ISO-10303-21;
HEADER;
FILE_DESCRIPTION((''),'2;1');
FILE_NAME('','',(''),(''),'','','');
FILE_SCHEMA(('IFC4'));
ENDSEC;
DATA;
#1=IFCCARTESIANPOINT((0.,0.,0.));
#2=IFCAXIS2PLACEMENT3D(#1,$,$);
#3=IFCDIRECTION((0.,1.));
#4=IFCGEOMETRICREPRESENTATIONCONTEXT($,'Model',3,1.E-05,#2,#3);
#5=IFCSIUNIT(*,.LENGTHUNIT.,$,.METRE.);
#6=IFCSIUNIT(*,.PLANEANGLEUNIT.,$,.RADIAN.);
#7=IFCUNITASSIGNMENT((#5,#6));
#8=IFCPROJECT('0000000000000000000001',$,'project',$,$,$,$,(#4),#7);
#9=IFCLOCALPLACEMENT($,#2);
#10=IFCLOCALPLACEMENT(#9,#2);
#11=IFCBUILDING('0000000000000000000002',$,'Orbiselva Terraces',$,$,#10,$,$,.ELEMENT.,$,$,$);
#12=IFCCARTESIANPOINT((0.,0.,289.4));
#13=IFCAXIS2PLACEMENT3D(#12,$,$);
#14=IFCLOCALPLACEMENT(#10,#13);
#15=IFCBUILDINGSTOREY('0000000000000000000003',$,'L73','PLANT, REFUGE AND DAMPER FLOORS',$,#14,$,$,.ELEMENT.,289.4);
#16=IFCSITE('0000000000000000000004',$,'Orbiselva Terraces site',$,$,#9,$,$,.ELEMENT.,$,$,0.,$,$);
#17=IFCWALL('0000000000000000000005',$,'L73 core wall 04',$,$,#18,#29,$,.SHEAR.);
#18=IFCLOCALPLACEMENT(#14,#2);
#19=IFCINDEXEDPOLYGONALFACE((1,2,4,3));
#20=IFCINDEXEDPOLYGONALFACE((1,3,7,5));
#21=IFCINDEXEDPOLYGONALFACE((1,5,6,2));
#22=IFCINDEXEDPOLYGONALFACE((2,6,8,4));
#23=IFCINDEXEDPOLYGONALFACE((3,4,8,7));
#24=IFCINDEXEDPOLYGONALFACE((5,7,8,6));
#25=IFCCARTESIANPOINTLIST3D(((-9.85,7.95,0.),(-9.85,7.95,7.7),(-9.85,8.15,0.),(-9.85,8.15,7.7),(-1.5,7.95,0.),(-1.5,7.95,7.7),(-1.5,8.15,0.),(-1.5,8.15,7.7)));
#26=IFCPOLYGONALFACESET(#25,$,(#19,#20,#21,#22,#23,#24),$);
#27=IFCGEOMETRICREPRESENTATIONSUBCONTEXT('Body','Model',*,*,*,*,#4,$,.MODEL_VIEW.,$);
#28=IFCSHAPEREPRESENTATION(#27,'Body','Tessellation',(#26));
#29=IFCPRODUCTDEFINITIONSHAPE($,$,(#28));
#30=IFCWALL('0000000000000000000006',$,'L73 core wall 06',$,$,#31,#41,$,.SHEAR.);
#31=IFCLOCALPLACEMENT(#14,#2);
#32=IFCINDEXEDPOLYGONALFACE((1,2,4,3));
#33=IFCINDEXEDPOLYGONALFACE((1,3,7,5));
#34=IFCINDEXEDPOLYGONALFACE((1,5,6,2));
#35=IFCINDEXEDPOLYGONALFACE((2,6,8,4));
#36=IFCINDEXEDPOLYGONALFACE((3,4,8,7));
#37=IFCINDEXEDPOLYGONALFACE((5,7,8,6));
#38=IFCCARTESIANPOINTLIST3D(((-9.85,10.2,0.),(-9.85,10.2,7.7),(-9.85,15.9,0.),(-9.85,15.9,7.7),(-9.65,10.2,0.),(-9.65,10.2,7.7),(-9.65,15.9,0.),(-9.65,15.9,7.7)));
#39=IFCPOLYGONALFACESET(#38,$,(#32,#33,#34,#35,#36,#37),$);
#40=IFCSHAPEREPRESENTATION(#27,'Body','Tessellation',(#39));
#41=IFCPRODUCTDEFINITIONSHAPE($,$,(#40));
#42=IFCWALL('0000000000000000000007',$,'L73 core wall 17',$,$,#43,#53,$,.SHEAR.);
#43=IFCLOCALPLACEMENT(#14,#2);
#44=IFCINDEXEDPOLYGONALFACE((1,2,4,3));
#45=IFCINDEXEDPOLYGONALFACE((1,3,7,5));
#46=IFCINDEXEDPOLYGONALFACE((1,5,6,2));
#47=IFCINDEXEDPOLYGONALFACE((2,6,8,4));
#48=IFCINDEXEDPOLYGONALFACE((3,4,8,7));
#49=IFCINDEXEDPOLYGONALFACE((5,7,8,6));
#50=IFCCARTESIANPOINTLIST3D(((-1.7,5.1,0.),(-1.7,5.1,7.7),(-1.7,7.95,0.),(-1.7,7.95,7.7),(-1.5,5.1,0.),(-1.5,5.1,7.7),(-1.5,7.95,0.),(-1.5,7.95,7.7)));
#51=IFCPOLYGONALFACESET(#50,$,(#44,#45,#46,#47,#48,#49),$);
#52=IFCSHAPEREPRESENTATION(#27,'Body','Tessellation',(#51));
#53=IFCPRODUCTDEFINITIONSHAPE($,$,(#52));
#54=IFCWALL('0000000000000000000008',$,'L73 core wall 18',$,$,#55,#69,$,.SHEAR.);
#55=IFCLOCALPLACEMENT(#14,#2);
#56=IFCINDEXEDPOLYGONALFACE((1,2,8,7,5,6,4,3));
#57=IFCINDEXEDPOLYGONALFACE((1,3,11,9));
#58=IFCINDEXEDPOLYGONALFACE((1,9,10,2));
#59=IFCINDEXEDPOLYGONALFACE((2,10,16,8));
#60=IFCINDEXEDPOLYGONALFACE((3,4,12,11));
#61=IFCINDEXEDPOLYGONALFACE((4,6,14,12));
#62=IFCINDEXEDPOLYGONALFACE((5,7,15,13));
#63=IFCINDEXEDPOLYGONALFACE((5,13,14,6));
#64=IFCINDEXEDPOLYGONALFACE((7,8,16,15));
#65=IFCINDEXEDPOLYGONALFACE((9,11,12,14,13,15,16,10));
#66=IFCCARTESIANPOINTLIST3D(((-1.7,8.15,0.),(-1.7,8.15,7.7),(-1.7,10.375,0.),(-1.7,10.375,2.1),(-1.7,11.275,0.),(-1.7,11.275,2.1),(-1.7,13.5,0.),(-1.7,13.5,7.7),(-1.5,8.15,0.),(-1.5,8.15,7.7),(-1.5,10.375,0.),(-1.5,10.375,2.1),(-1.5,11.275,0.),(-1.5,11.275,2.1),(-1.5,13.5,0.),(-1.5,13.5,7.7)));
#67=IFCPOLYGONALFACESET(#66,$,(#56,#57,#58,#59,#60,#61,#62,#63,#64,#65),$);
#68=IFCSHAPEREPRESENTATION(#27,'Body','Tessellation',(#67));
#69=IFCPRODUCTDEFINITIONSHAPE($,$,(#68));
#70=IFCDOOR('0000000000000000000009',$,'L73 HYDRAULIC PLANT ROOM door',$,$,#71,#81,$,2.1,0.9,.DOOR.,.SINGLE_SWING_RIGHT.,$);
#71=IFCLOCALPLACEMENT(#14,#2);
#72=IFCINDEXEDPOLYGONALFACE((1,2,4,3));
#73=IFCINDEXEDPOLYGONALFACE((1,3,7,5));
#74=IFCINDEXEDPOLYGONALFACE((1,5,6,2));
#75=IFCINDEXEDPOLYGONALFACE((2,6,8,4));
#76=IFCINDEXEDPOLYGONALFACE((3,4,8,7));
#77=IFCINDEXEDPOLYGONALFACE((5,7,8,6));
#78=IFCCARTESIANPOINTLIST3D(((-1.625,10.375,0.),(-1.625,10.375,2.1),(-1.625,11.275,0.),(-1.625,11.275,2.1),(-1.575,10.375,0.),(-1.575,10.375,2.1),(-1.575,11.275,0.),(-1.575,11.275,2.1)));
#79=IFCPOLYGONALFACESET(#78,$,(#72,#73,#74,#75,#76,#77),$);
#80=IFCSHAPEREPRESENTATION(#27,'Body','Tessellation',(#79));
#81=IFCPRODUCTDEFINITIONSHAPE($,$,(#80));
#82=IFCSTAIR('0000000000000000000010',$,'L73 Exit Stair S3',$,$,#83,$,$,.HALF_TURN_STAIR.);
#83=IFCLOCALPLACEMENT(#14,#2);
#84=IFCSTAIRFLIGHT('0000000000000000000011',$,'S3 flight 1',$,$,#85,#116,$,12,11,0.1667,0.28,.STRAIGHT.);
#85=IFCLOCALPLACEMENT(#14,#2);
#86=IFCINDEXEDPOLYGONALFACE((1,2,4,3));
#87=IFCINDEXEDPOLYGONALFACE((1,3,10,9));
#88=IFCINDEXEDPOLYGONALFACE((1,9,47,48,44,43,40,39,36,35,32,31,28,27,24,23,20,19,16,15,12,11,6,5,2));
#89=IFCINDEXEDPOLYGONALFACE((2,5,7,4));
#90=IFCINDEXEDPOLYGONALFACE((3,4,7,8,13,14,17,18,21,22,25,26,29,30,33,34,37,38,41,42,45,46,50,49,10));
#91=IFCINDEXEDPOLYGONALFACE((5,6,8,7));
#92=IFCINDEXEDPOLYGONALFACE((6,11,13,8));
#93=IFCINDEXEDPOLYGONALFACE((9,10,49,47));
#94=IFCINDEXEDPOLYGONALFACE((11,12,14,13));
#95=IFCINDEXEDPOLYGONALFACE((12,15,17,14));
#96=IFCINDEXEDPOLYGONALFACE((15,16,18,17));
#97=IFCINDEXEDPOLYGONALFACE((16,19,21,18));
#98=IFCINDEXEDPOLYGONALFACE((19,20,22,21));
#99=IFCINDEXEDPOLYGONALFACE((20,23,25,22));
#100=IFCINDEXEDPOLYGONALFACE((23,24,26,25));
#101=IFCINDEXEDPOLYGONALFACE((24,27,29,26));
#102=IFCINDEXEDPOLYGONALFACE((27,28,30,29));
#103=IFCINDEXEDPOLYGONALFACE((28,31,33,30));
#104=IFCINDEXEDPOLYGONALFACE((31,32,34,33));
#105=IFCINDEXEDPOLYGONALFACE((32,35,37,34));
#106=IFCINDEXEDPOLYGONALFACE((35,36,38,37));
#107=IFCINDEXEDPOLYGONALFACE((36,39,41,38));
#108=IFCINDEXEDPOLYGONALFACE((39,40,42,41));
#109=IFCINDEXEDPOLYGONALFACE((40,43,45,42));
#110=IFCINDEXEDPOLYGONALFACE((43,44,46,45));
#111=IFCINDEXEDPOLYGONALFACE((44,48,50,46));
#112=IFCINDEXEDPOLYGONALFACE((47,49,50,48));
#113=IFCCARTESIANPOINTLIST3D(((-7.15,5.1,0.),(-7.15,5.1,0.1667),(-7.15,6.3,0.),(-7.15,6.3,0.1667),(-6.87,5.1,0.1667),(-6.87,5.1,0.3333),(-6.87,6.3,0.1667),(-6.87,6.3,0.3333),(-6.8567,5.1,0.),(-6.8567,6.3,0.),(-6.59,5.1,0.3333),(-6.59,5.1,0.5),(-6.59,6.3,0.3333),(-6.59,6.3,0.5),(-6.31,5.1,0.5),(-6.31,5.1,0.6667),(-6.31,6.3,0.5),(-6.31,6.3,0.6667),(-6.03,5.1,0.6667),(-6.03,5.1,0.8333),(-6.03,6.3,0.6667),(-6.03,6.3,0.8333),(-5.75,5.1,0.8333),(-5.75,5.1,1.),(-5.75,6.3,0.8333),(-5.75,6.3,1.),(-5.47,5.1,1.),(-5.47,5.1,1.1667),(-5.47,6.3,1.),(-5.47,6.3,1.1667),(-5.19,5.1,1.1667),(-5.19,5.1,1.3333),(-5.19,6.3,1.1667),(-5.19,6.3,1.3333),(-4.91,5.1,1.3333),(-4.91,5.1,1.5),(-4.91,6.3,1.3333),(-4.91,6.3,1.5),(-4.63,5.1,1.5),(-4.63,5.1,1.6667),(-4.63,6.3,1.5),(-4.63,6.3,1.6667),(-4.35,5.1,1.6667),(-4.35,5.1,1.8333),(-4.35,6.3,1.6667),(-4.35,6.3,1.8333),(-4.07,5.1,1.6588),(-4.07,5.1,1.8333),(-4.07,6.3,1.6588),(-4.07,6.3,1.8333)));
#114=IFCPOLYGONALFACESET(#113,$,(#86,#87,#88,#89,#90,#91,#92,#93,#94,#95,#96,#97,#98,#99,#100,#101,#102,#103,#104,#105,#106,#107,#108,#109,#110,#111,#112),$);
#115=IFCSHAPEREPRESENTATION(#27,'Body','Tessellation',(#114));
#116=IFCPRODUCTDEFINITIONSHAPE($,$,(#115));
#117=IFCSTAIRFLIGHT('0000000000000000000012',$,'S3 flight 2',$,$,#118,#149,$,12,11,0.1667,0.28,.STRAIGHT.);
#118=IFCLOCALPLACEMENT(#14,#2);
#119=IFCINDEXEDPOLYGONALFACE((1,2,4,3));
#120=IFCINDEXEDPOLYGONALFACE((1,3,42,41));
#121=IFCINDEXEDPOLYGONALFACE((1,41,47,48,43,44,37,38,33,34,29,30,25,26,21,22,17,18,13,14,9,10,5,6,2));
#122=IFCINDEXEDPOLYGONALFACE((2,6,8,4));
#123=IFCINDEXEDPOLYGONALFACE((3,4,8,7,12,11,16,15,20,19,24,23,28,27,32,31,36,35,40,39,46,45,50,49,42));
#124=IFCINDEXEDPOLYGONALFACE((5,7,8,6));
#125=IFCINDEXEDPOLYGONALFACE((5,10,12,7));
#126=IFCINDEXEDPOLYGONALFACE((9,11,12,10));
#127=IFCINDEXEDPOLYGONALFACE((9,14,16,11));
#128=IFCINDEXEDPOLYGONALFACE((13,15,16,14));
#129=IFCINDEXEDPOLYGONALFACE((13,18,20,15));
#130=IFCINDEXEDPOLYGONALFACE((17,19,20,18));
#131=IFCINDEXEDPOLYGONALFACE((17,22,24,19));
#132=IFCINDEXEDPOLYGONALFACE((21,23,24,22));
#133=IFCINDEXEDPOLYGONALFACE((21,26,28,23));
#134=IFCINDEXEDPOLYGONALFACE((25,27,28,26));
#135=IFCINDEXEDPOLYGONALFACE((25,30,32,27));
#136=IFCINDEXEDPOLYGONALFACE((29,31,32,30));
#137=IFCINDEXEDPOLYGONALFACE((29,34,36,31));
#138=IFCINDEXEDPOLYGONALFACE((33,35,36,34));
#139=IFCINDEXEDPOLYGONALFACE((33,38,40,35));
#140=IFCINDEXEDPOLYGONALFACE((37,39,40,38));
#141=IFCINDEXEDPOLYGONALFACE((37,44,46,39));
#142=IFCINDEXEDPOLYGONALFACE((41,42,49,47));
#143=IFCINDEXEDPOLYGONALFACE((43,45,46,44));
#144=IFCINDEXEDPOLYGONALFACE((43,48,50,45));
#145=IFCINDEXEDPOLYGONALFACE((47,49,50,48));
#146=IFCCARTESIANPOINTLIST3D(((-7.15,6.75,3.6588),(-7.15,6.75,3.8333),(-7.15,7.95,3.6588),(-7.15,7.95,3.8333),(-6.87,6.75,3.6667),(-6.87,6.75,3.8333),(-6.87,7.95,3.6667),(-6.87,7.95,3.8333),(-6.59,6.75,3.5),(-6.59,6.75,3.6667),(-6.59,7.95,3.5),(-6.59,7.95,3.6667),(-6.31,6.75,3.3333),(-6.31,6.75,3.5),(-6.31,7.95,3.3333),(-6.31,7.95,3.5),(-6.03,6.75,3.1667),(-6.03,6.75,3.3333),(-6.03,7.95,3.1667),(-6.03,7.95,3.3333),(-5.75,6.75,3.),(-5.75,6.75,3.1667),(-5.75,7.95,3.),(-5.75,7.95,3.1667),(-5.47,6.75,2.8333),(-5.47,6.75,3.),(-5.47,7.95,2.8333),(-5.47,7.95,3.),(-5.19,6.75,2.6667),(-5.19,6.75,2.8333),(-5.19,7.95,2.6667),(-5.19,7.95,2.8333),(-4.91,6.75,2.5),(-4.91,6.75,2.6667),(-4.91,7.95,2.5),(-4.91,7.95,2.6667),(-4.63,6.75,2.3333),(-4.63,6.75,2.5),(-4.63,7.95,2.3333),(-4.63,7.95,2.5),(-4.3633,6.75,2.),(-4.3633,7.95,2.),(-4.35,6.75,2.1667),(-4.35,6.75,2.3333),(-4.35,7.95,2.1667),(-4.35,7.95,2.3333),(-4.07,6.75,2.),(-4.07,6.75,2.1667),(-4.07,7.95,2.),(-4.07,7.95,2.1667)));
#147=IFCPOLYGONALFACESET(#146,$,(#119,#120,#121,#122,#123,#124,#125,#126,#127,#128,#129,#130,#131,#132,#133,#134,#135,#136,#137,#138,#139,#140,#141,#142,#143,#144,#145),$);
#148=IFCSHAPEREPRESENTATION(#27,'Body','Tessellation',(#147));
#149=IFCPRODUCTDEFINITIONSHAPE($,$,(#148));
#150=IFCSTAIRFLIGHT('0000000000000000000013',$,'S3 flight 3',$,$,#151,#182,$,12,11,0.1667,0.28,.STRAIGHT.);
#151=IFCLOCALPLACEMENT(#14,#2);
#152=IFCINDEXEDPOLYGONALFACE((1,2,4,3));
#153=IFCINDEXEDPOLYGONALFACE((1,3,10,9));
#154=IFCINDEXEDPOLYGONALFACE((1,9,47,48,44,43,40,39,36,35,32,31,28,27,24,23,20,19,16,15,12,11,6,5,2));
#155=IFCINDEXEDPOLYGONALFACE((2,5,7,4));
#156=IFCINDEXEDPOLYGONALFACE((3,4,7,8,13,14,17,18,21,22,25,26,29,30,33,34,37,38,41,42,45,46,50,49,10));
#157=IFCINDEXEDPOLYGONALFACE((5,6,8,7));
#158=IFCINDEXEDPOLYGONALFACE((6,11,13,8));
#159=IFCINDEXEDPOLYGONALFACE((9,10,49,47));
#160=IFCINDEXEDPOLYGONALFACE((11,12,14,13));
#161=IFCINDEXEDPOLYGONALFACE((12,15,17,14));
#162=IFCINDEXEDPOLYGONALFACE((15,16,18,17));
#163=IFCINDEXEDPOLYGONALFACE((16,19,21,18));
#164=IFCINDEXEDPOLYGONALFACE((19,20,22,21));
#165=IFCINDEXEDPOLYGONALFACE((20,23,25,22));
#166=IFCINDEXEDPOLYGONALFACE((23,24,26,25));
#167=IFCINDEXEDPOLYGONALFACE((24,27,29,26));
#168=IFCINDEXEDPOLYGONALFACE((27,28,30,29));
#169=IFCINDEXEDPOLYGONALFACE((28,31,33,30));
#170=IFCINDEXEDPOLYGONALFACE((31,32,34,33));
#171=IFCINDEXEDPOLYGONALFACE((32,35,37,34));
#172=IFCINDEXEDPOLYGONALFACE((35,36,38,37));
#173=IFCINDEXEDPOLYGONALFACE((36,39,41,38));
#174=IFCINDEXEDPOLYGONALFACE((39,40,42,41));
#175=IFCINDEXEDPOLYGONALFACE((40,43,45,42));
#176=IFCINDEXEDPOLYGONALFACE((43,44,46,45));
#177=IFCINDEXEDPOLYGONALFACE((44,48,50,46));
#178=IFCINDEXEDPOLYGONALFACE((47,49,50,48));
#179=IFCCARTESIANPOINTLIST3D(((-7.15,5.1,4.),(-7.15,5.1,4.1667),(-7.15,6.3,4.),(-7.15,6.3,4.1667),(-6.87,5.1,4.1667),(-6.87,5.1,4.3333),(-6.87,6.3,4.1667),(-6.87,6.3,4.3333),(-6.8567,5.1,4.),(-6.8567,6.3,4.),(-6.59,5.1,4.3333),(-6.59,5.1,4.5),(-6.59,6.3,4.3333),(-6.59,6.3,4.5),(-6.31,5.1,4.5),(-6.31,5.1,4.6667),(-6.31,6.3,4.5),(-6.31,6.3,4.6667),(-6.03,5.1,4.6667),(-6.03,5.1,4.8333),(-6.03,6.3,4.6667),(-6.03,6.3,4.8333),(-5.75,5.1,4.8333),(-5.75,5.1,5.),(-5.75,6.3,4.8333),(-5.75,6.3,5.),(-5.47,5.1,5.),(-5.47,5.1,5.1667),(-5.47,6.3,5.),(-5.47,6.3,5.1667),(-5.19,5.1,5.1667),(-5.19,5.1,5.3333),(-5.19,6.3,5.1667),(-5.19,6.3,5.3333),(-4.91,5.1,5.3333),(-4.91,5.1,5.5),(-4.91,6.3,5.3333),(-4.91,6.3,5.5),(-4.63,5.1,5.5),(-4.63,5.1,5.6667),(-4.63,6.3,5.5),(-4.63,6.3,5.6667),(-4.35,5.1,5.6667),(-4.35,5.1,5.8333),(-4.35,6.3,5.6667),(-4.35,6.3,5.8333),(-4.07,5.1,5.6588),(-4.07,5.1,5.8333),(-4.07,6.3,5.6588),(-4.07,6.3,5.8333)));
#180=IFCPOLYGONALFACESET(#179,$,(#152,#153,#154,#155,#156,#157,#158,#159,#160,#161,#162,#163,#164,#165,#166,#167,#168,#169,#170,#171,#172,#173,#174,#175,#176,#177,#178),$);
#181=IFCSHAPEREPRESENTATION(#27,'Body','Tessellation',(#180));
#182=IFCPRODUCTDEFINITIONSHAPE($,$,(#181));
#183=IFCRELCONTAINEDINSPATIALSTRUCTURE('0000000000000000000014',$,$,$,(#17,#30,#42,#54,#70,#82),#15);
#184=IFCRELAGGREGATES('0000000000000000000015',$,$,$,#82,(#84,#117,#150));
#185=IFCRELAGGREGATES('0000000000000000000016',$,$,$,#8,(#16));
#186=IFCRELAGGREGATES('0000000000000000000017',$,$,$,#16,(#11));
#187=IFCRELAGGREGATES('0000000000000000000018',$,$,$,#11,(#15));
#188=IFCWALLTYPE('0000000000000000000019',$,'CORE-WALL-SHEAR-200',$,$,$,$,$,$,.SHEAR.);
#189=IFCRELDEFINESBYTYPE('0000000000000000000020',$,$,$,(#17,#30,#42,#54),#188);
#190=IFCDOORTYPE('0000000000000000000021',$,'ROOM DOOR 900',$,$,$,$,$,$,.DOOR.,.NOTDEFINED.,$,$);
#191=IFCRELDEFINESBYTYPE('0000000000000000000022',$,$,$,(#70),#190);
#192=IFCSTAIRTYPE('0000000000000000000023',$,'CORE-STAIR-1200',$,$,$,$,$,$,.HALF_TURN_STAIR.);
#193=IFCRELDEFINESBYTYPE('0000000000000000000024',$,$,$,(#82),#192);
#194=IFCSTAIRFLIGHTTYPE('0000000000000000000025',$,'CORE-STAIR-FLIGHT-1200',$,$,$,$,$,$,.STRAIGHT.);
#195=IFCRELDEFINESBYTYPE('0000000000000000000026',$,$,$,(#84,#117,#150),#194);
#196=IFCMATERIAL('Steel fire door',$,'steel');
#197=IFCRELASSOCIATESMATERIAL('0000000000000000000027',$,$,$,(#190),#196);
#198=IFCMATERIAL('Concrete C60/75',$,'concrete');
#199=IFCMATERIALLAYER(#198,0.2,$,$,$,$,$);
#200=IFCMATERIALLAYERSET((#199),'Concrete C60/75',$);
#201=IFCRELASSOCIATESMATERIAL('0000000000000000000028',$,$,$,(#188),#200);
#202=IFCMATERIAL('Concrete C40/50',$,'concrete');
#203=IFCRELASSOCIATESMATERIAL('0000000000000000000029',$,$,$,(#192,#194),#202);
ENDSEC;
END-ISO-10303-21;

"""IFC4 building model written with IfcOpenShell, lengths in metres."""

from ifc_helpers import new_model, si_unit, direction, frame, frame_2d, origin, place, context, subcontext, project, spatial, polyline, rectangle, outline, extrude, material, layer, layer_set, type_object, element, fill, aggregate, save


model = new_model("IFC4")

# Units and contexts
model_context = context("Model", 3, precision=1e-05, world=origin(), true_north=direction((0.0, 1.0)))
body_context = subcontext(model_context, "Body", "Model", "MODEL_VIEW")
ifc_project = project(units=[si_unit("LENGTHUNIT", "METRE"), si_unit("PLANEANGLEUNIT", "RADIAN")], contexts=[model_context])

# Site, building, storey
site_placement = place(None, origin())
site = spatial("IfcSite", under=ifc_project, at=site_placement, Name="Orbiselva Terraces site", CompositionType="ELEMENT", RefElevation=0.0)
building_placement = place(site_placement, origin())
building = spatial("IfcBuilding", under=site, at=building_placement, Name="Orbiselva Terraces", CompositionType="ELEMENT")
storey_placement = place(building_placement, frame((0.0, 0.0, 289.4)))
storey = spatial("IfcBuildingStorey", under=building, at=storey_placement, Name="L73", Description="PLANT, REFUGE AND DAMPER FLOORS", CompositionType="ELEMENT", Elevation=289.4)

# Shared definitions
ifc_material_1 = material(Name="Steel fire door", Category="steel")

# Shared definitions
door_type_1 = type_object("IfcDoorType", Name="ROOM DOOR 900", OperationType="NOTDEFINED", PredefinedType="DOOR", material=ifc_material_1)

# Walls
ifc_material_2 = material(Name="Concrete C60/75", Category="concrete")
ifc_layer_1 = layer(ifc_material_2, 0.2)
ifc_layer_set_1 = layer_set([ifc_layer_1], Name="Concrete C60/75")
wall_type_1 = type_object("IfcWallType", Name="CORE-WALL-SHEAR-200", PredefinedType="SHEAR", material=ifc_layer_set_1)
wall_1_placement = place(storey_placement, frame((-9.85, 8.05, 0.0), z_axis=(0.0, 0.0, 1.0), x_axis=(1.0, 0.0, 0.0)))
element("IfcWall", 1, at=wall_1_placement, inside=storey, type_object=wall_type_1, Name="L73 core wall 04", PredefinedType="SHEAR", context=body_context, shape_type="SweptSolid", body=[
    extrude(rectangle(XDim=8.35, YDim=0.2, at=frame_2d((4.175, 0.0))), origin(), (0.0, 0.0, 1.0), 7.7),
])
wall_2_placement = place(storey_placement, frame((-9.75, 10.2, 0.0), z_axis=(0.0, 0.0, 1.0), x_axis=(0.0, 1.0, 0.0)))
element("IfcWall", 2, at=wall_2_placement, inside=storey, type_object=wall_type_1, Name="L73 core wall 06", PredefinedType="SHEAR", context=body_context, shape_type="SweptSolid", body=[
    extrude(rectangle(XDim=5.7, YDim=0.2, at=frame_2d((2.85, 0.0))), origin(), (0.0, 0.0, 1.0), 7.7),
])
wall_3_placement = place(storey_placement, frame((-1.6, 5.1, 0.0), z_axis=(0.0, 0.0, 1.0), x_axis=(0.0, 1.0, 0.0)))
element("IfcWall", 3, at=wall_3_placement, inside=storey, type_object=wall_type_1, Name="L73 core wall 17", PredefinedType="SHEAR", context=body_context, shape_type="SweptSolid", body=[
    extrude(rectangle(XDim=2.85, YDim=0.2, at=frame_2d((1.425, 0.0))), origin(), (0.0, 0.0, 1.0), 7.7),
])

# Wall, opening, door
wall_4_placement = place(storey_placement, frame((-1.6, 8.15, 0.0), z_axis=(0.0, 0.0, 1.0), x_axis=(0.0, 1.0, 0.0)))
wall_4 = element("IfcWall", 4, at=wall_4_placement, inside=storey, type_object=wall_type_1, Name="L73 core wall 18", PredefinedType="SHEAR", context=body_context, shape_type="SweptSolid", body=[
    extrude(rectangle(XDim=5.35, YDim=0.2, at=frame_2d((2.675, 0.0))), origin(), (0.0, 0.0, 1.0), 7.7),
])
opening_1_placement = place(wall_4_placement, frame((2.225, 0.0, 0.0)))
opening_1 = element("IfcOpeningElement", 5, at=opening_1_placement, cuts=wall_4, PredefinedType="OPENING", context=body_context, shape_type="SweptSolid", body=[
    extrude(rectangle(XDim=0.9, YDim=2.1, at=frame_2d((0.45, 1.05))), frame((0.0, 0.11, 0.0), z_axis=(0.0, -1.0, 0.0), x_axis=(1.0, 0.0, 0.0)), (0.0, 0.0, 1.0), 0.22),
])
door_1_placement = place(opening_1_placement, origin())
door_1 = element("IfcDoor", 6, at=door_1_placement, inside=storey, type_object=door_type_1, Name="L73 HYDRAULIC PLANT ROOM door", OperationType="SINGLE_SWING_RIGHT", OverallHeight=2.1, OverallWidth=0.9, PredefinedType="DOOR", context=body_context, shape_type="SweptSolid", body=[
    extrude(rectangle(XDim=0.9, YDim=2.1, at=frame_2d((0.45, 1.05))), frame((0.0, 0.025, 0.0), z_axis=(0.0, -1.0, 0.0), x_axis=(1.0, 0.0, 0.0)), (0.0, 0.0, 1.0), 0.05),
])
fill(opening_1, door_1)

# Stair, stair flights
ifc_material_3 = material(Name="Concrete C40/50", Category="concrete")
stair_type = type_object("IfcStairType", Name="CORE-STAIR-1200", PredefinedType="HALF_TURN_STAIR", material=ifc_material_3)
stair_placement = place(storey_placement, origin())
stair = element("IfcStair", 7, at=stair_placement, inside=storey, type_object=stair_type, Name="L73 Exit Stair S3", PredefinedType="HALF_TURN_STAIR")
stair_flight_type = type_object("IfcStairFlightType", Name="CORE-STAIR-FLIGHT-1200", PredefinedType="STRAIGHT", material=ifc_material_3)
stair_flight_1_placement = place(storey_placement, frame((-7.15, 5.7, 0.0), z_axis=(0.0, 0.0, 1.0), x_axis=(1.0, 0.0, 0.0)))
stair_flight_1 = element("IfcStairFlight", 8, at=stair_flight_1_placement, type_object=stair_flight_type, Name="S3 flight 1", NumberOfRisers=12, NumberOfTreads=11, PredefinedType="STRAIGHT", RiserHeight=0.1667, TreadLength=0.28, context=body_context, shape_type="SweptSolid", body=[
    extrude(outline(polyline([(0.0, 0.0), (0.0, 0.1667), (0.28, 0.1667), (0.28, 0.3333), (0.56, 0.3333), (0.56, 0.5), (0.84, 0.5), (0.84, 0.6667), (1.12, 0.6667), (1.12, 0.8333), (1.4, 0.8333), (1.4, 1.0), (1.68, 1.0), (1.68, 1.1667), (1.96, 1.1667), (1.96, 1.3333), (2.24, 1.3333), (2.24, 1.5), (2.52, 1.5), (2.52, 1.6667), (2.8, 1.6667), (2.8, 1.8333), (3.08, 1.8333), (3.08, 2.0), (3.08, 1.6588), (0.2933, 0.0), (0.0, 0.0)])), frame((0.0, 0.6, 0.0), z_axis=(0.0, -1.0, 0.0), x_axis=(1.0, 0.0, 0.0)), (0.0, 0.0, 1.0), 1.2),
])
stair_flight_2_placement = place(storey_placement, frame((-4.07, 7.35, 2.0), z_axis=(0.0, 0.0, 1.0), x_axis=(-1.0, 0.0, 0.0)))
stair_flight_2 = element("IfcStairFlight", 9, at=stair_flight_2_placement, type_object=stair_flight_type, Name="S3 flight 2", NumberOfRisers=12, NumberOfTreads=11, PredefinedType="STRAIGHT", RiserHeight=0.1667, TreadLength=0.28, context=body_context, shape_type="SweptSolid", body=[
    extrude(outline(polyline([(0.0, 0.0), (0.0, 0.1667), (0.28, 0.1667), (0.28, 0.3333), (0.56, 0.3333), (0.56, 0.5), (0.84, 0.5), (0.84, 0.6667), (1.12, 0.6667), (1.12, 0.8333), (1.4, 0.8333), (1.4, 1.0), (1.68, 1.0), (1.68, 1.1667), (1.96, 1.1667), (1.96, 1.3333), (2.24, 1.3333), (2.24, 1.5), (2.52, 1.5), (2.52, 1.6667), (2.8, 1.6667), (2.8, 1.8333), (3.08, 1.8333), (3.08, 2.0), (3.08, 1.6588), (0.2933, 0.0), (0.0, 0.0)])), frame((0.0, 0.6, 0.0), z_axis=(0.0, -1.0, 0.0), x_axis=(1.0, 0.0, 0.0)), (0.0, 0.0, 1.0), 1.2),
])
stair_flight_3_placement = place(storey_placement, frame((-7.15, 5.7, 4.0), z_axis=(0.0, 0.0, 1.0), x_axis=(1.0, 0.0, 0.0)))
stair_flight_3 = element("IfcStairFlight", 10, at=stair_flight_3_placement, type_object=stair_flight_type, Name="S3 flight 3", NumberOfRisers=12, NumberOfTreads=11, PredefinedType="STRAIGHT", RiserHeight=0.1667, TreadLength=0.28, context=body_context, shape_type="SweptSolid", body=[
    extrude(outline(polyline([(0.0, 0.0), (0.0, 0.1667), (0.28, 0.1667), (0.28, 0.3333), (0.56, 0.3333), (0.56, 0.5), (0.84, 0.5), (0.84, 0.6667), (1.12, 0.6667), (1.12, 0.8333), (1.4, 0.8333), (1.4, 1.0), (1.68, 1.0), (1.68, 1.1667), (1.96, 1.1667), (1.96, 1.3333), (2.24, 1.3333), (2.24, 1.5), (2.52, 1.5), (2.52, 1.6667), (2.8, 1.6667), (2.8, 1.8333), (3.08, 1.8333), (3.08, 2.0), (3.08, 1.6588), (0.2933, 0.0), (0.0, 0.0)])), frame((0.0, 0.6, 0.0), z_axis=(0.0, -1.0, 0.0), x_axis=(1.0, 0.0, 0.0)), (0.0, 0.0, 1.0), 1.2),
])
aggregate(stair, [stair_flight_1, stair_flight_2, stair_flight_3])

save(model, "model.ifc")
